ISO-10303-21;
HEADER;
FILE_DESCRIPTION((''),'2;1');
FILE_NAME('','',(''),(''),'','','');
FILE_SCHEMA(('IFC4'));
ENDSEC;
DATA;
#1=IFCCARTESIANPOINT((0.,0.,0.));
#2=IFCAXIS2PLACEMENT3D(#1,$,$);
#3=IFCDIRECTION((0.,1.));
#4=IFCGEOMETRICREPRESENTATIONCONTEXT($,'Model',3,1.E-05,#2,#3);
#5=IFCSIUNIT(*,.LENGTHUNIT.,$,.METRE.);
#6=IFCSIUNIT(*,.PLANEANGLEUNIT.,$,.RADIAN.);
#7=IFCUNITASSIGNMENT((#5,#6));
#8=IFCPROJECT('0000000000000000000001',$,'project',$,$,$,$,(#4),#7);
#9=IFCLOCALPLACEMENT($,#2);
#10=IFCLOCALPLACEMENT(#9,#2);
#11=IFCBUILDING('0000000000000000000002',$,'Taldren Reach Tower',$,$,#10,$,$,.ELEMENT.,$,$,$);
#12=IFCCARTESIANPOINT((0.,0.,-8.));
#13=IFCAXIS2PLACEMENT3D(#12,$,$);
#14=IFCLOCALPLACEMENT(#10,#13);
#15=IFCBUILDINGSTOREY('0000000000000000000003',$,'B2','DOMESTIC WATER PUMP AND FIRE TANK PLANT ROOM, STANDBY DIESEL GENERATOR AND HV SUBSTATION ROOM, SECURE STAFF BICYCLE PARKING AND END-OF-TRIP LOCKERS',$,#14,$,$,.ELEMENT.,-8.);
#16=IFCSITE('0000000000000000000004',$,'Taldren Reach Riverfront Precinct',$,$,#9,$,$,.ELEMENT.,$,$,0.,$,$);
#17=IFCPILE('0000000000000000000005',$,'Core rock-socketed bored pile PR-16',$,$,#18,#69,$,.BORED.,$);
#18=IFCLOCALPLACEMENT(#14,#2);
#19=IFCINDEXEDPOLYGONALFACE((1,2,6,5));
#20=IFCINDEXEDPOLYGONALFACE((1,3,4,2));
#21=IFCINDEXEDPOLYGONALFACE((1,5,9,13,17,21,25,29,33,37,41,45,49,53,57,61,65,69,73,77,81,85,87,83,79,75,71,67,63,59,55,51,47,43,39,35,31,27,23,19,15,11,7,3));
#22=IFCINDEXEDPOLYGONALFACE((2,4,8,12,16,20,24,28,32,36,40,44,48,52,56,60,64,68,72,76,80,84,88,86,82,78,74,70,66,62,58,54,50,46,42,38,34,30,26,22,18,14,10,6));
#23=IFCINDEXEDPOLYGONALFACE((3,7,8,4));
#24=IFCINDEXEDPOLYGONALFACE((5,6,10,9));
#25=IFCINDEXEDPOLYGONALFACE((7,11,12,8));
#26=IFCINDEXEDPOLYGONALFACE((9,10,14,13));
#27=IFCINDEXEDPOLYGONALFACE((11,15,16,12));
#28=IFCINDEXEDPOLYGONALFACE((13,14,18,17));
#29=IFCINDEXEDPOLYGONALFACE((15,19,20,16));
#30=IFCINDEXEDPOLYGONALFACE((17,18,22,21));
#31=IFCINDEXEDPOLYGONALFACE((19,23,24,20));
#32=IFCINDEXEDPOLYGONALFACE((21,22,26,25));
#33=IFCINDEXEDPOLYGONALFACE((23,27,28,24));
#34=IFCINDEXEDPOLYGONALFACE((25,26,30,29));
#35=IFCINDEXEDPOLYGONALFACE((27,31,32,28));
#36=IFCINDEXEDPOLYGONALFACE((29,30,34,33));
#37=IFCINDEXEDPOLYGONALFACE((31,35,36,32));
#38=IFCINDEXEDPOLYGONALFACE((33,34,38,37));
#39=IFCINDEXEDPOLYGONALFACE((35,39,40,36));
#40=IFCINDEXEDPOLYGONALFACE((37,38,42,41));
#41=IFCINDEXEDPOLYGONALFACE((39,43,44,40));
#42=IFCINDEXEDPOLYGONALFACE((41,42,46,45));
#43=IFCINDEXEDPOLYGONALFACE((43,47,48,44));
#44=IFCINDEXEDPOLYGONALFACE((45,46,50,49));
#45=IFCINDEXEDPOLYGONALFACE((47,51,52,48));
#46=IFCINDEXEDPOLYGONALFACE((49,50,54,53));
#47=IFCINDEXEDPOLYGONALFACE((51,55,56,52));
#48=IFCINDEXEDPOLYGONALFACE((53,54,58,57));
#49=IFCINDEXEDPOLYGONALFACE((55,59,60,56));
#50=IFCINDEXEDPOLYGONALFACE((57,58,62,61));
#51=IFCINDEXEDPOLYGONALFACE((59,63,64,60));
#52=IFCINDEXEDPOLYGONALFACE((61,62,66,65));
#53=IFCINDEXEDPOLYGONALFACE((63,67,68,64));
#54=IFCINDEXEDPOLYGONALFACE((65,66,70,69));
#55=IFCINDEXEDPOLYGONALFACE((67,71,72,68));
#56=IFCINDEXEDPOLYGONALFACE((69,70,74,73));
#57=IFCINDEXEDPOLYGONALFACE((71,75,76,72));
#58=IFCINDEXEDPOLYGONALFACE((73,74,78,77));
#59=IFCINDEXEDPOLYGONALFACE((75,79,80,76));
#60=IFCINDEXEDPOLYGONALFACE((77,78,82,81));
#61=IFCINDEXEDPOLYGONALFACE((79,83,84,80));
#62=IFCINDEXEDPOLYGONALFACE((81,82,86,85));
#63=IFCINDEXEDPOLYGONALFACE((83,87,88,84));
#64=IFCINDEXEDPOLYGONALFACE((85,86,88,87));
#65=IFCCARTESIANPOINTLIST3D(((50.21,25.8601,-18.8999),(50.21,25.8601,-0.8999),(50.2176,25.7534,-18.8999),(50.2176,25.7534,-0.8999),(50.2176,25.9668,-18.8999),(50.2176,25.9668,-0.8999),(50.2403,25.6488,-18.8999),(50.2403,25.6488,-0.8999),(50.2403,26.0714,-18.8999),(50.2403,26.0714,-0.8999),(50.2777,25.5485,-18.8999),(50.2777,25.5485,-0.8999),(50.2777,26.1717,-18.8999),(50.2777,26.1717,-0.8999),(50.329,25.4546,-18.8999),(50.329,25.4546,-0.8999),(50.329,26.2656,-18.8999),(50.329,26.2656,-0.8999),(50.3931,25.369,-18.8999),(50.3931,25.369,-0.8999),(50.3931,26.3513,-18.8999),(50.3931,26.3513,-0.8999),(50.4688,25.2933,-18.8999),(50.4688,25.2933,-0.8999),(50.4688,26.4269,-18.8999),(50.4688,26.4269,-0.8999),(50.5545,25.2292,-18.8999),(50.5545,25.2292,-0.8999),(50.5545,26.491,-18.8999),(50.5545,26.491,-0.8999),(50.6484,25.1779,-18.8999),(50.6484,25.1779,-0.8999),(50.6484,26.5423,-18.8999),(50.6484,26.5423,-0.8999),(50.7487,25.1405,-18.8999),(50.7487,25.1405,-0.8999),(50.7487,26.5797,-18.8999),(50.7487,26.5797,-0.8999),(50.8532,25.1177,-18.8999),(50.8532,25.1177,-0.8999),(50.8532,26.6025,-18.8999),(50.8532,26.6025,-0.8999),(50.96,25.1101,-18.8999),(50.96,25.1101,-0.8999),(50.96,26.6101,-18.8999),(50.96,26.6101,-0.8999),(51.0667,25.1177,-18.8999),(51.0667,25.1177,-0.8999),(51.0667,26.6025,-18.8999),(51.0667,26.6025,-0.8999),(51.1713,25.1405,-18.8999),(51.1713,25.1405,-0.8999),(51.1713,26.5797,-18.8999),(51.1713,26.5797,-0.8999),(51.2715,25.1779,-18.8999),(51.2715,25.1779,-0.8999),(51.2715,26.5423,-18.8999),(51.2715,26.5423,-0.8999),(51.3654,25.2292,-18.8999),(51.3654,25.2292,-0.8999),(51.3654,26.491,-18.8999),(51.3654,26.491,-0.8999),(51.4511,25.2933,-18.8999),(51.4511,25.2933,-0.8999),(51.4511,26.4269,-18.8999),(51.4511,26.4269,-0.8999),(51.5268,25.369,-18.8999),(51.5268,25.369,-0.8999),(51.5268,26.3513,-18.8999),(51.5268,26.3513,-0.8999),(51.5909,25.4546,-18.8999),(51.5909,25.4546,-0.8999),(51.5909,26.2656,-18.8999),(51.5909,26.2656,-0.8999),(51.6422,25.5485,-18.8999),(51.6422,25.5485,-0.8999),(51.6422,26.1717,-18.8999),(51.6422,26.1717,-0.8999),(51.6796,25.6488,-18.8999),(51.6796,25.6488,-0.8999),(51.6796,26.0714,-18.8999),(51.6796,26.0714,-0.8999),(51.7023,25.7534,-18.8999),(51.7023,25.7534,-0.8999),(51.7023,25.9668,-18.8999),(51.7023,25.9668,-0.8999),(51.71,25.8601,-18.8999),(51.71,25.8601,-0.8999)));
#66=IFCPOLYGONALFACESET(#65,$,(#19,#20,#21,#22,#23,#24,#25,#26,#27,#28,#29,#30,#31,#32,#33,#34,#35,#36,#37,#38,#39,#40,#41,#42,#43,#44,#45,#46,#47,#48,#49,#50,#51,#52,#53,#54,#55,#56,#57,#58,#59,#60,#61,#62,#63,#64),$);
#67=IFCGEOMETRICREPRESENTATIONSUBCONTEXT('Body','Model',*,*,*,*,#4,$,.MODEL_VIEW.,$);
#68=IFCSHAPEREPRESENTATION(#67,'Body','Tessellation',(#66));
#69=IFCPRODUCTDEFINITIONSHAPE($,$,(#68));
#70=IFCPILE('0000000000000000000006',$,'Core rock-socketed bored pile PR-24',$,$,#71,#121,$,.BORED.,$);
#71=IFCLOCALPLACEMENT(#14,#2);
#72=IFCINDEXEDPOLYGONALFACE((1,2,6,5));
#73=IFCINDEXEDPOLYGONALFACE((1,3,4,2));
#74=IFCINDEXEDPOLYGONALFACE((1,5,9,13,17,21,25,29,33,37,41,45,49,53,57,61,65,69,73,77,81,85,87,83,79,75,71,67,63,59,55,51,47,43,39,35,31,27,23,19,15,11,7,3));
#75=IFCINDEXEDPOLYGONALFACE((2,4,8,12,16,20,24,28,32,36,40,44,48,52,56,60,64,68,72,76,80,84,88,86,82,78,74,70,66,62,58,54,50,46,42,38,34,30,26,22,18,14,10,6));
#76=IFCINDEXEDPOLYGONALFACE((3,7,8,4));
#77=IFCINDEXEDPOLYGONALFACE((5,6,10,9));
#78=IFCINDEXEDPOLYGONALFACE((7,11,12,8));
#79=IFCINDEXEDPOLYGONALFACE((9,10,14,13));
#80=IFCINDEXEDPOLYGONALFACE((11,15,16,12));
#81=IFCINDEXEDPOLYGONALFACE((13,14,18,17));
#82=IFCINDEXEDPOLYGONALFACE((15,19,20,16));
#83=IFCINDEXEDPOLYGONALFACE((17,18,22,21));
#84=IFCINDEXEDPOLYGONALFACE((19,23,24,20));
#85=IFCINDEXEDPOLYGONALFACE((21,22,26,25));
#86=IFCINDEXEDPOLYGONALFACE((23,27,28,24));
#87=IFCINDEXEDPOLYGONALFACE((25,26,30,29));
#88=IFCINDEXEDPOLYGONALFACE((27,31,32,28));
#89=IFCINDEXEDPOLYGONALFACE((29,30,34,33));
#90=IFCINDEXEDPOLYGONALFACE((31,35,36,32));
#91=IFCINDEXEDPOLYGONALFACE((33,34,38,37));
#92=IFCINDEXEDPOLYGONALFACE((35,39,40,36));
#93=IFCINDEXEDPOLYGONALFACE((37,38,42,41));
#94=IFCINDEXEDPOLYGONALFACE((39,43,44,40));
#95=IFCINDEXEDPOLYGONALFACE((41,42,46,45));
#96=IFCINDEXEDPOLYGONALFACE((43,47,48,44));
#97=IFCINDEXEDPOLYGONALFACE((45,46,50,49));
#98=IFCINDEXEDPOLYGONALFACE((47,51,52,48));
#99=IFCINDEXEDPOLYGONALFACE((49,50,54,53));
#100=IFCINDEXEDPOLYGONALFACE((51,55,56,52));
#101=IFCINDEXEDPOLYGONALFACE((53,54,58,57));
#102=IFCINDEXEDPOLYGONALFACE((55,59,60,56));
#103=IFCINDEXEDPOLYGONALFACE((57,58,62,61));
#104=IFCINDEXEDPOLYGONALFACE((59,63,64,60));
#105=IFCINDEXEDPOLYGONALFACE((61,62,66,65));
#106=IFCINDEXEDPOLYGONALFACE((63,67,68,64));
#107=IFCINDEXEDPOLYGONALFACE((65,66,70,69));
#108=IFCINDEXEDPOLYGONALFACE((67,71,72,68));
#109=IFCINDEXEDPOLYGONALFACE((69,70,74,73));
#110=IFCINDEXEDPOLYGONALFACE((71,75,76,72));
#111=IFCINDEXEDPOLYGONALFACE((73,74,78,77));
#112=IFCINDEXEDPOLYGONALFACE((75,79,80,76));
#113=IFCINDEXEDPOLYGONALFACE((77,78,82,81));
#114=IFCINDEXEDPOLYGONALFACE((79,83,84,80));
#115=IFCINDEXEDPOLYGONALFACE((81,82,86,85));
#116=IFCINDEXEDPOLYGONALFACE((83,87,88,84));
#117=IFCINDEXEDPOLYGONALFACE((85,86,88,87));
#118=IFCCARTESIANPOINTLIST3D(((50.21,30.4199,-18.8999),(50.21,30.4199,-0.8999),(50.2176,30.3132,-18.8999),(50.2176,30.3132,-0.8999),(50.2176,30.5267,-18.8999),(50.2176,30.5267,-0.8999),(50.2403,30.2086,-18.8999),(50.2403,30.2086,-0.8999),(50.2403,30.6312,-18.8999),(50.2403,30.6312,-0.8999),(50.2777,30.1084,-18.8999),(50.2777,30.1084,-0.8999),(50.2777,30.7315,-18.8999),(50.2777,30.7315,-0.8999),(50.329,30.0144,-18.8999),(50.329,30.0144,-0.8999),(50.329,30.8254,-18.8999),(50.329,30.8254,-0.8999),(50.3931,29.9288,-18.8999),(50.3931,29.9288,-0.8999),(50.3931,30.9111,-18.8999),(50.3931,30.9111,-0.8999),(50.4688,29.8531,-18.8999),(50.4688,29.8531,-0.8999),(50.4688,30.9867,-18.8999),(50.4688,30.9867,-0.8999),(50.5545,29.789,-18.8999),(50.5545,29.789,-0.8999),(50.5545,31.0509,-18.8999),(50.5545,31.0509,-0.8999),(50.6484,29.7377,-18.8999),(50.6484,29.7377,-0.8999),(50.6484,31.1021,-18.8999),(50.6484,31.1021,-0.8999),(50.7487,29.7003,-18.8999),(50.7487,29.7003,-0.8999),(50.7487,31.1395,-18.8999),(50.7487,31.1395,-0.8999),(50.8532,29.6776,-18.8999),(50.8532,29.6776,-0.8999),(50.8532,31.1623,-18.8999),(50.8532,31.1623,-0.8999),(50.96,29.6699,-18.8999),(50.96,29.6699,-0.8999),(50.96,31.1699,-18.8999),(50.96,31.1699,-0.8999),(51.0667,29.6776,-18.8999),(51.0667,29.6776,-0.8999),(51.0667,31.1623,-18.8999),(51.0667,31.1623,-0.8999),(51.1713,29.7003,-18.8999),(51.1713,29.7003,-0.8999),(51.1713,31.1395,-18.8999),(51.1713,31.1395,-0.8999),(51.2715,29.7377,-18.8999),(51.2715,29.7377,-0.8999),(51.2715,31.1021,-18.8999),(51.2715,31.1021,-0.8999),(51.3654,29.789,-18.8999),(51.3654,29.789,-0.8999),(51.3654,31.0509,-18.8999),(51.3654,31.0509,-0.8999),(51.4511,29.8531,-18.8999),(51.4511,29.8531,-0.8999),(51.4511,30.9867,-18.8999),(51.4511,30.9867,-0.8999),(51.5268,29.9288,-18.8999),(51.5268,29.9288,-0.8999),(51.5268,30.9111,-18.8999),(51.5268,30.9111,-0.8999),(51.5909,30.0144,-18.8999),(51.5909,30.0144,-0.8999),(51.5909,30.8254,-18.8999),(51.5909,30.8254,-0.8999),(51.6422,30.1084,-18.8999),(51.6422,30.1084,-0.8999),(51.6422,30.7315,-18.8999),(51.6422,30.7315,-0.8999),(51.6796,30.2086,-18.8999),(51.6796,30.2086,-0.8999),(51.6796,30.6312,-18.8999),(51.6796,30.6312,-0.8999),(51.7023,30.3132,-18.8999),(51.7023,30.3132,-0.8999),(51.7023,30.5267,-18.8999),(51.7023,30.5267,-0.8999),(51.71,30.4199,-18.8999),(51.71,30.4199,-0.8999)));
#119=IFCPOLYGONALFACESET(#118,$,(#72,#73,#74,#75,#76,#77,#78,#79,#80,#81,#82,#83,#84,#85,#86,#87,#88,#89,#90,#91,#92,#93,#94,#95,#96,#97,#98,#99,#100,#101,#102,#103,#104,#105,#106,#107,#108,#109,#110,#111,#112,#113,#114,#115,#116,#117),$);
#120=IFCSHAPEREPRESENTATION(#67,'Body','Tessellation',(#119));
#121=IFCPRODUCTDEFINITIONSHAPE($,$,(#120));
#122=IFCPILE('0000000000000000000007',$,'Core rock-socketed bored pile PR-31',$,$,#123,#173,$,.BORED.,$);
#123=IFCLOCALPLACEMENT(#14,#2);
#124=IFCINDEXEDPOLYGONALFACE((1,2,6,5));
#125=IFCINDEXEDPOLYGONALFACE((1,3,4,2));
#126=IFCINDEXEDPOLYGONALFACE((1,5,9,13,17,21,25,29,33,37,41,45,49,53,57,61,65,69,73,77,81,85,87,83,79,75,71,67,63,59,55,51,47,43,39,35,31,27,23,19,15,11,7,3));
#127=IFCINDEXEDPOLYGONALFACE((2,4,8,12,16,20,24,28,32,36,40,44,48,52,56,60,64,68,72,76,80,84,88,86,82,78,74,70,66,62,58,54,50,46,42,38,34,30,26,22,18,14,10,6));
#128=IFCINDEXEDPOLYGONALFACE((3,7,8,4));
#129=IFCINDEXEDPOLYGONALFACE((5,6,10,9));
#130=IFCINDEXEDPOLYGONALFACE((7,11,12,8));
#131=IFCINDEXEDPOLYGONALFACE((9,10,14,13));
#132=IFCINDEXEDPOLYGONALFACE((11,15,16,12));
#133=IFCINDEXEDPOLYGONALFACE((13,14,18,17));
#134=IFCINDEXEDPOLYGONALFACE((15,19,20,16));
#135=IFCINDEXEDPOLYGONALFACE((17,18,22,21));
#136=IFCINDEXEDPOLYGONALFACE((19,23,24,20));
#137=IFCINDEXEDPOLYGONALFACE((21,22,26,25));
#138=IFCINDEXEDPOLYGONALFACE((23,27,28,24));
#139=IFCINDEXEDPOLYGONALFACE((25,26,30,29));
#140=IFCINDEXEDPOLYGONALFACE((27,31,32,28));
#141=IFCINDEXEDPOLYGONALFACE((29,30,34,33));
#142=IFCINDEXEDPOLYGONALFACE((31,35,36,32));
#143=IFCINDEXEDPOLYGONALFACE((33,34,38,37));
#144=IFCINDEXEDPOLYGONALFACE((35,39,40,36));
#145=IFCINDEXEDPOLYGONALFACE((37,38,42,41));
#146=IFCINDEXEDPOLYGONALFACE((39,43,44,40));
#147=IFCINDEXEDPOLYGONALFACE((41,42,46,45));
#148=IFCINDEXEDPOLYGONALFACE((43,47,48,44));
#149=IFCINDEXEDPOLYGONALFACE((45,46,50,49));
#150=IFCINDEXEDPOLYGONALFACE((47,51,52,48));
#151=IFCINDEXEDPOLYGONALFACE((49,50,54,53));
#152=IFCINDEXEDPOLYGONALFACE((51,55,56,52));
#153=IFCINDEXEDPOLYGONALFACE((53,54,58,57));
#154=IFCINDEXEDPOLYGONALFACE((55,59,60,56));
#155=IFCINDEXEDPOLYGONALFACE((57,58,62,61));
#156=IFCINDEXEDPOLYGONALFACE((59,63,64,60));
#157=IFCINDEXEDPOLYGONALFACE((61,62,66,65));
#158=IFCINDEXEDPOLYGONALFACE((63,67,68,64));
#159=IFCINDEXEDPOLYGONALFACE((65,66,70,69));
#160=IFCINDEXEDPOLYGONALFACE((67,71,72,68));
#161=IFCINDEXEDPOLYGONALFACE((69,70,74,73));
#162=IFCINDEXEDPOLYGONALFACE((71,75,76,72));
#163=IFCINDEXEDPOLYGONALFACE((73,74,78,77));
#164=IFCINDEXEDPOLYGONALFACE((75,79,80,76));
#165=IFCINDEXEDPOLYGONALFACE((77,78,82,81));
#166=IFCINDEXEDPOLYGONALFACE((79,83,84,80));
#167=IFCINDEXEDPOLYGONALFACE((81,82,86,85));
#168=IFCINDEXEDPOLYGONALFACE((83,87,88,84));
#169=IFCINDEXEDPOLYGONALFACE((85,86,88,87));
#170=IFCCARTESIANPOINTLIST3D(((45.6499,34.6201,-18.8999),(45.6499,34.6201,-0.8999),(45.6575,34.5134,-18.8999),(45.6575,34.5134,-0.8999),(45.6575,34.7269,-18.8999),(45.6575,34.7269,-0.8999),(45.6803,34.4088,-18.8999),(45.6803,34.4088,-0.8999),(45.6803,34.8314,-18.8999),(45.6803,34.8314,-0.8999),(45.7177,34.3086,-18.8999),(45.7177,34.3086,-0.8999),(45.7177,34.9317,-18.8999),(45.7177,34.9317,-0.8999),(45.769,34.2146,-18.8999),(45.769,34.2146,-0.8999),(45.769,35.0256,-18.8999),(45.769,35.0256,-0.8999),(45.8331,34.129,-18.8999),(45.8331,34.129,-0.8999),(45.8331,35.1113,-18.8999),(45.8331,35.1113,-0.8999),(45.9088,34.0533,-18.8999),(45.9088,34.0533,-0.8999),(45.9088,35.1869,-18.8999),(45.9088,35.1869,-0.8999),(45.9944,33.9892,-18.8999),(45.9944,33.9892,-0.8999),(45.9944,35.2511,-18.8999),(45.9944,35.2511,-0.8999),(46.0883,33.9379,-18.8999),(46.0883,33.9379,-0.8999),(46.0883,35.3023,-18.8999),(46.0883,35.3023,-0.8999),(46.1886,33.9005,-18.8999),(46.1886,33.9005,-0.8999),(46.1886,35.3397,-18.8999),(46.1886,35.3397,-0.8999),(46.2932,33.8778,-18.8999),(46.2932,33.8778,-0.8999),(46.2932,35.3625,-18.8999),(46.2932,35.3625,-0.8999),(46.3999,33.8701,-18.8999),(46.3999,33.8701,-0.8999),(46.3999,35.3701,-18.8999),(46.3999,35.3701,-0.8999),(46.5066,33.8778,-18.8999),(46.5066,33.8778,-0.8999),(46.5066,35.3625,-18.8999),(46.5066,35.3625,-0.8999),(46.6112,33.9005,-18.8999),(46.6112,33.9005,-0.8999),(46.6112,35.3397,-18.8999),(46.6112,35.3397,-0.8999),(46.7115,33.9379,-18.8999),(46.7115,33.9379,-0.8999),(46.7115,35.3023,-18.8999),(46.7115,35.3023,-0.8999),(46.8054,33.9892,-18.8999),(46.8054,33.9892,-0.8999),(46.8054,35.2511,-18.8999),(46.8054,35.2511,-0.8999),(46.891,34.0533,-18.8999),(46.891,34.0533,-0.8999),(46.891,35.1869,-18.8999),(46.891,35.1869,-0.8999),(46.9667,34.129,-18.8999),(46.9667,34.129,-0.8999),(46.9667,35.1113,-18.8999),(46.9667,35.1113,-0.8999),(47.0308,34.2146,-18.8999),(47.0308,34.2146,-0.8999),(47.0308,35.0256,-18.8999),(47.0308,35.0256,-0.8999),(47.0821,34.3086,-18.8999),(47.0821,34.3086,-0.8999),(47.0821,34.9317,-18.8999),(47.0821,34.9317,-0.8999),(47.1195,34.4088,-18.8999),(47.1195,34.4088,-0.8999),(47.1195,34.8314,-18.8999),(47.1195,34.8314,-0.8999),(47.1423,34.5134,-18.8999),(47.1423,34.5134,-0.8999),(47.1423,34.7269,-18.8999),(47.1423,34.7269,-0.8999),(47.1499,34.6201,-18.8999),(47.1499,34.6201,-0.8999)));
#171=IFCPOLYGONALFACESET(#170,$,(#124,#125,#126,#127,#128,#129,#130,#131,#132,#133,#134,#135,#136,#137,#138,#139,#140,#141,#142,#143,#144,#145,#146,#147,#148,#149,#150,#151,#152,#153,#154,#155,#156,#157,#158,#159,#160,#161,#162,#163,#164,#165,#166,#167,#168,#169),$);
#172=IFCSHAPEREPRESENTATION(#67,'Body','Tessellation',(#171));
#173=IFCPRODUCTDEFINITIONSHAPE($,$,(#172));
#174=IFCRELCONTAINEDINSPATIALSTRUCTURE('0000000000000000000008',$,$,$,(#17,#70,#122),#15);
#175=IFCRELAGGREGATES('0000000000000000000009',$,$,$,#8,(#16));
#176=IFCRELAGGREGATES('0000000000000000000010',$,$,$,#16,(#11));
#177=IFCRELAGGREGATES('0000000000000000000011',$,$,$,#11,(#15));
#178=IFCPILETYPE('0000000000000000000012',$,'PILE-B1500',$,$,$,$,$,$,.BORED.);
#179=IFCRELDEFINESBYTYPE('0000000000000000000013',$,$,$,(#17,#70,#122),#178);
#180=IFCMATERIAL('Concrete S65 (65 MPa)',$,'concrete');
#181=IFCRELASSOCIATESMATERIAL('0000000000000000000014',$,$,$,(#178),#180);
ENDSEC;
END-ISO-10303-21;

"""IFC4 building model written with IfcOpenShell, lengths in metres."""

from ifc_helpers import new_model, si_unit, direction, frame, origin, origin_2d, place, context, subcontext, project, spatial, circle, extrude, source, transform, mapped, material, material_profile, profile_set, type_object, element, save


model = new_model("IFC4")

# Units and contexts
model_context = context("Model", 3, precision=1e-05, world=origin(), true_north=direction((0.0, 1.0)))
body_context = subcontext(model_context, "Body", "Model", "MODEL_VIEW")
ifc_project = project(units=[si_unit("LENGTHUNIT", "METRE"), si_unit("PLANEANGLEUNIT", "RADIAN")], contexts=[model_context])

# Site, building, storey
site_placement = place(None, origin())
site = spatial("IfcSite", under=ifc_project, at=site_placement, Name="Taldren Reach Riverfront Precinct", CompositionType="ELEMENT", RefElevation=0.0)
building_placement = place(site_placement, origin())
building = spatial("IfcBuilding", under=site, at=building_placement, Name="Taldren Reach Tower", CompositionType="ELEMENT")
storey_placement = place(building_placement, frame((0.0, 0.0, -8.0)))
storey = spatial("IfcBuildingStorey", under=building, at=storey_placement, Name="B2", Description="DOMESTIC WATER PUMP AND FIRE TANK PLANT ROOM, STANDBY DIESEL GENERATOR AND HV SUBSTATION ROOM, SECURE STAFF BICYCLE PARKING AND END-OF-TRIP LOCKERS", CompositionType="ELEMENT", Elevation=-8.0)

# Piles
ifc_material_1 = material(Name="Concrete S65 (65 MPa)", Category="concrete")
ifc_material_profile_1 = material_profile(ifc_material_1, circle(Radius=0.75, at=origin_2d()), Name="PB-1500")
ifc_profile_set_1 = profile_set([ifc_material_profile_1], Name="Concrete S65 (65 MPa)")
pile_type_1 = type_object("IfcPileType", Name="PILE-B1500", PredefinedType="BORED", material=ifc_profile_set_1)
shared_shape_1 = source(origin(), body_context, "Body", "SweptSolid", [
    extrude(circle(Radius=0.75, at=origin_2d()), origin(), (0.0, 0.0, 1.0), 18.0),
])
for number, where, z_axis, x_axis, name in (
    (1, (50.96, 25.8601, -0.8999), (0.0, 0.0, -1.0), (1.0, 0.0, 0.0), "Core rock-socketed bored pile PR-16"),
    (2, (50.96, 30.4199, -0.8999), (0.0, 0.0, -1.0), (1.0, 0.0, 0.0), "Core rock-socketed bored pile PR-24"),
    (3, (46.3999, 34.6201, -0.8999), (0.0, 0.0, -1.0), (1.0, 0.0, 0.0), "Core rock-socketed bored pile PR-31"),
):
    element("IfcPile", number, at=place(storey_placement, frame(where, z_axis=z_axis, x_axis=x_axis)), inside=storey, type_object=pile_type_1, Name=name, PredefinedType="BORED", context=body_context, shape_type="MappedRepresentation", body=[
        mapped(shared_shape_1, transform((0.0, 0.0, 0.0), scale=1.0)),
    ])

save(model, "model.ifc")
